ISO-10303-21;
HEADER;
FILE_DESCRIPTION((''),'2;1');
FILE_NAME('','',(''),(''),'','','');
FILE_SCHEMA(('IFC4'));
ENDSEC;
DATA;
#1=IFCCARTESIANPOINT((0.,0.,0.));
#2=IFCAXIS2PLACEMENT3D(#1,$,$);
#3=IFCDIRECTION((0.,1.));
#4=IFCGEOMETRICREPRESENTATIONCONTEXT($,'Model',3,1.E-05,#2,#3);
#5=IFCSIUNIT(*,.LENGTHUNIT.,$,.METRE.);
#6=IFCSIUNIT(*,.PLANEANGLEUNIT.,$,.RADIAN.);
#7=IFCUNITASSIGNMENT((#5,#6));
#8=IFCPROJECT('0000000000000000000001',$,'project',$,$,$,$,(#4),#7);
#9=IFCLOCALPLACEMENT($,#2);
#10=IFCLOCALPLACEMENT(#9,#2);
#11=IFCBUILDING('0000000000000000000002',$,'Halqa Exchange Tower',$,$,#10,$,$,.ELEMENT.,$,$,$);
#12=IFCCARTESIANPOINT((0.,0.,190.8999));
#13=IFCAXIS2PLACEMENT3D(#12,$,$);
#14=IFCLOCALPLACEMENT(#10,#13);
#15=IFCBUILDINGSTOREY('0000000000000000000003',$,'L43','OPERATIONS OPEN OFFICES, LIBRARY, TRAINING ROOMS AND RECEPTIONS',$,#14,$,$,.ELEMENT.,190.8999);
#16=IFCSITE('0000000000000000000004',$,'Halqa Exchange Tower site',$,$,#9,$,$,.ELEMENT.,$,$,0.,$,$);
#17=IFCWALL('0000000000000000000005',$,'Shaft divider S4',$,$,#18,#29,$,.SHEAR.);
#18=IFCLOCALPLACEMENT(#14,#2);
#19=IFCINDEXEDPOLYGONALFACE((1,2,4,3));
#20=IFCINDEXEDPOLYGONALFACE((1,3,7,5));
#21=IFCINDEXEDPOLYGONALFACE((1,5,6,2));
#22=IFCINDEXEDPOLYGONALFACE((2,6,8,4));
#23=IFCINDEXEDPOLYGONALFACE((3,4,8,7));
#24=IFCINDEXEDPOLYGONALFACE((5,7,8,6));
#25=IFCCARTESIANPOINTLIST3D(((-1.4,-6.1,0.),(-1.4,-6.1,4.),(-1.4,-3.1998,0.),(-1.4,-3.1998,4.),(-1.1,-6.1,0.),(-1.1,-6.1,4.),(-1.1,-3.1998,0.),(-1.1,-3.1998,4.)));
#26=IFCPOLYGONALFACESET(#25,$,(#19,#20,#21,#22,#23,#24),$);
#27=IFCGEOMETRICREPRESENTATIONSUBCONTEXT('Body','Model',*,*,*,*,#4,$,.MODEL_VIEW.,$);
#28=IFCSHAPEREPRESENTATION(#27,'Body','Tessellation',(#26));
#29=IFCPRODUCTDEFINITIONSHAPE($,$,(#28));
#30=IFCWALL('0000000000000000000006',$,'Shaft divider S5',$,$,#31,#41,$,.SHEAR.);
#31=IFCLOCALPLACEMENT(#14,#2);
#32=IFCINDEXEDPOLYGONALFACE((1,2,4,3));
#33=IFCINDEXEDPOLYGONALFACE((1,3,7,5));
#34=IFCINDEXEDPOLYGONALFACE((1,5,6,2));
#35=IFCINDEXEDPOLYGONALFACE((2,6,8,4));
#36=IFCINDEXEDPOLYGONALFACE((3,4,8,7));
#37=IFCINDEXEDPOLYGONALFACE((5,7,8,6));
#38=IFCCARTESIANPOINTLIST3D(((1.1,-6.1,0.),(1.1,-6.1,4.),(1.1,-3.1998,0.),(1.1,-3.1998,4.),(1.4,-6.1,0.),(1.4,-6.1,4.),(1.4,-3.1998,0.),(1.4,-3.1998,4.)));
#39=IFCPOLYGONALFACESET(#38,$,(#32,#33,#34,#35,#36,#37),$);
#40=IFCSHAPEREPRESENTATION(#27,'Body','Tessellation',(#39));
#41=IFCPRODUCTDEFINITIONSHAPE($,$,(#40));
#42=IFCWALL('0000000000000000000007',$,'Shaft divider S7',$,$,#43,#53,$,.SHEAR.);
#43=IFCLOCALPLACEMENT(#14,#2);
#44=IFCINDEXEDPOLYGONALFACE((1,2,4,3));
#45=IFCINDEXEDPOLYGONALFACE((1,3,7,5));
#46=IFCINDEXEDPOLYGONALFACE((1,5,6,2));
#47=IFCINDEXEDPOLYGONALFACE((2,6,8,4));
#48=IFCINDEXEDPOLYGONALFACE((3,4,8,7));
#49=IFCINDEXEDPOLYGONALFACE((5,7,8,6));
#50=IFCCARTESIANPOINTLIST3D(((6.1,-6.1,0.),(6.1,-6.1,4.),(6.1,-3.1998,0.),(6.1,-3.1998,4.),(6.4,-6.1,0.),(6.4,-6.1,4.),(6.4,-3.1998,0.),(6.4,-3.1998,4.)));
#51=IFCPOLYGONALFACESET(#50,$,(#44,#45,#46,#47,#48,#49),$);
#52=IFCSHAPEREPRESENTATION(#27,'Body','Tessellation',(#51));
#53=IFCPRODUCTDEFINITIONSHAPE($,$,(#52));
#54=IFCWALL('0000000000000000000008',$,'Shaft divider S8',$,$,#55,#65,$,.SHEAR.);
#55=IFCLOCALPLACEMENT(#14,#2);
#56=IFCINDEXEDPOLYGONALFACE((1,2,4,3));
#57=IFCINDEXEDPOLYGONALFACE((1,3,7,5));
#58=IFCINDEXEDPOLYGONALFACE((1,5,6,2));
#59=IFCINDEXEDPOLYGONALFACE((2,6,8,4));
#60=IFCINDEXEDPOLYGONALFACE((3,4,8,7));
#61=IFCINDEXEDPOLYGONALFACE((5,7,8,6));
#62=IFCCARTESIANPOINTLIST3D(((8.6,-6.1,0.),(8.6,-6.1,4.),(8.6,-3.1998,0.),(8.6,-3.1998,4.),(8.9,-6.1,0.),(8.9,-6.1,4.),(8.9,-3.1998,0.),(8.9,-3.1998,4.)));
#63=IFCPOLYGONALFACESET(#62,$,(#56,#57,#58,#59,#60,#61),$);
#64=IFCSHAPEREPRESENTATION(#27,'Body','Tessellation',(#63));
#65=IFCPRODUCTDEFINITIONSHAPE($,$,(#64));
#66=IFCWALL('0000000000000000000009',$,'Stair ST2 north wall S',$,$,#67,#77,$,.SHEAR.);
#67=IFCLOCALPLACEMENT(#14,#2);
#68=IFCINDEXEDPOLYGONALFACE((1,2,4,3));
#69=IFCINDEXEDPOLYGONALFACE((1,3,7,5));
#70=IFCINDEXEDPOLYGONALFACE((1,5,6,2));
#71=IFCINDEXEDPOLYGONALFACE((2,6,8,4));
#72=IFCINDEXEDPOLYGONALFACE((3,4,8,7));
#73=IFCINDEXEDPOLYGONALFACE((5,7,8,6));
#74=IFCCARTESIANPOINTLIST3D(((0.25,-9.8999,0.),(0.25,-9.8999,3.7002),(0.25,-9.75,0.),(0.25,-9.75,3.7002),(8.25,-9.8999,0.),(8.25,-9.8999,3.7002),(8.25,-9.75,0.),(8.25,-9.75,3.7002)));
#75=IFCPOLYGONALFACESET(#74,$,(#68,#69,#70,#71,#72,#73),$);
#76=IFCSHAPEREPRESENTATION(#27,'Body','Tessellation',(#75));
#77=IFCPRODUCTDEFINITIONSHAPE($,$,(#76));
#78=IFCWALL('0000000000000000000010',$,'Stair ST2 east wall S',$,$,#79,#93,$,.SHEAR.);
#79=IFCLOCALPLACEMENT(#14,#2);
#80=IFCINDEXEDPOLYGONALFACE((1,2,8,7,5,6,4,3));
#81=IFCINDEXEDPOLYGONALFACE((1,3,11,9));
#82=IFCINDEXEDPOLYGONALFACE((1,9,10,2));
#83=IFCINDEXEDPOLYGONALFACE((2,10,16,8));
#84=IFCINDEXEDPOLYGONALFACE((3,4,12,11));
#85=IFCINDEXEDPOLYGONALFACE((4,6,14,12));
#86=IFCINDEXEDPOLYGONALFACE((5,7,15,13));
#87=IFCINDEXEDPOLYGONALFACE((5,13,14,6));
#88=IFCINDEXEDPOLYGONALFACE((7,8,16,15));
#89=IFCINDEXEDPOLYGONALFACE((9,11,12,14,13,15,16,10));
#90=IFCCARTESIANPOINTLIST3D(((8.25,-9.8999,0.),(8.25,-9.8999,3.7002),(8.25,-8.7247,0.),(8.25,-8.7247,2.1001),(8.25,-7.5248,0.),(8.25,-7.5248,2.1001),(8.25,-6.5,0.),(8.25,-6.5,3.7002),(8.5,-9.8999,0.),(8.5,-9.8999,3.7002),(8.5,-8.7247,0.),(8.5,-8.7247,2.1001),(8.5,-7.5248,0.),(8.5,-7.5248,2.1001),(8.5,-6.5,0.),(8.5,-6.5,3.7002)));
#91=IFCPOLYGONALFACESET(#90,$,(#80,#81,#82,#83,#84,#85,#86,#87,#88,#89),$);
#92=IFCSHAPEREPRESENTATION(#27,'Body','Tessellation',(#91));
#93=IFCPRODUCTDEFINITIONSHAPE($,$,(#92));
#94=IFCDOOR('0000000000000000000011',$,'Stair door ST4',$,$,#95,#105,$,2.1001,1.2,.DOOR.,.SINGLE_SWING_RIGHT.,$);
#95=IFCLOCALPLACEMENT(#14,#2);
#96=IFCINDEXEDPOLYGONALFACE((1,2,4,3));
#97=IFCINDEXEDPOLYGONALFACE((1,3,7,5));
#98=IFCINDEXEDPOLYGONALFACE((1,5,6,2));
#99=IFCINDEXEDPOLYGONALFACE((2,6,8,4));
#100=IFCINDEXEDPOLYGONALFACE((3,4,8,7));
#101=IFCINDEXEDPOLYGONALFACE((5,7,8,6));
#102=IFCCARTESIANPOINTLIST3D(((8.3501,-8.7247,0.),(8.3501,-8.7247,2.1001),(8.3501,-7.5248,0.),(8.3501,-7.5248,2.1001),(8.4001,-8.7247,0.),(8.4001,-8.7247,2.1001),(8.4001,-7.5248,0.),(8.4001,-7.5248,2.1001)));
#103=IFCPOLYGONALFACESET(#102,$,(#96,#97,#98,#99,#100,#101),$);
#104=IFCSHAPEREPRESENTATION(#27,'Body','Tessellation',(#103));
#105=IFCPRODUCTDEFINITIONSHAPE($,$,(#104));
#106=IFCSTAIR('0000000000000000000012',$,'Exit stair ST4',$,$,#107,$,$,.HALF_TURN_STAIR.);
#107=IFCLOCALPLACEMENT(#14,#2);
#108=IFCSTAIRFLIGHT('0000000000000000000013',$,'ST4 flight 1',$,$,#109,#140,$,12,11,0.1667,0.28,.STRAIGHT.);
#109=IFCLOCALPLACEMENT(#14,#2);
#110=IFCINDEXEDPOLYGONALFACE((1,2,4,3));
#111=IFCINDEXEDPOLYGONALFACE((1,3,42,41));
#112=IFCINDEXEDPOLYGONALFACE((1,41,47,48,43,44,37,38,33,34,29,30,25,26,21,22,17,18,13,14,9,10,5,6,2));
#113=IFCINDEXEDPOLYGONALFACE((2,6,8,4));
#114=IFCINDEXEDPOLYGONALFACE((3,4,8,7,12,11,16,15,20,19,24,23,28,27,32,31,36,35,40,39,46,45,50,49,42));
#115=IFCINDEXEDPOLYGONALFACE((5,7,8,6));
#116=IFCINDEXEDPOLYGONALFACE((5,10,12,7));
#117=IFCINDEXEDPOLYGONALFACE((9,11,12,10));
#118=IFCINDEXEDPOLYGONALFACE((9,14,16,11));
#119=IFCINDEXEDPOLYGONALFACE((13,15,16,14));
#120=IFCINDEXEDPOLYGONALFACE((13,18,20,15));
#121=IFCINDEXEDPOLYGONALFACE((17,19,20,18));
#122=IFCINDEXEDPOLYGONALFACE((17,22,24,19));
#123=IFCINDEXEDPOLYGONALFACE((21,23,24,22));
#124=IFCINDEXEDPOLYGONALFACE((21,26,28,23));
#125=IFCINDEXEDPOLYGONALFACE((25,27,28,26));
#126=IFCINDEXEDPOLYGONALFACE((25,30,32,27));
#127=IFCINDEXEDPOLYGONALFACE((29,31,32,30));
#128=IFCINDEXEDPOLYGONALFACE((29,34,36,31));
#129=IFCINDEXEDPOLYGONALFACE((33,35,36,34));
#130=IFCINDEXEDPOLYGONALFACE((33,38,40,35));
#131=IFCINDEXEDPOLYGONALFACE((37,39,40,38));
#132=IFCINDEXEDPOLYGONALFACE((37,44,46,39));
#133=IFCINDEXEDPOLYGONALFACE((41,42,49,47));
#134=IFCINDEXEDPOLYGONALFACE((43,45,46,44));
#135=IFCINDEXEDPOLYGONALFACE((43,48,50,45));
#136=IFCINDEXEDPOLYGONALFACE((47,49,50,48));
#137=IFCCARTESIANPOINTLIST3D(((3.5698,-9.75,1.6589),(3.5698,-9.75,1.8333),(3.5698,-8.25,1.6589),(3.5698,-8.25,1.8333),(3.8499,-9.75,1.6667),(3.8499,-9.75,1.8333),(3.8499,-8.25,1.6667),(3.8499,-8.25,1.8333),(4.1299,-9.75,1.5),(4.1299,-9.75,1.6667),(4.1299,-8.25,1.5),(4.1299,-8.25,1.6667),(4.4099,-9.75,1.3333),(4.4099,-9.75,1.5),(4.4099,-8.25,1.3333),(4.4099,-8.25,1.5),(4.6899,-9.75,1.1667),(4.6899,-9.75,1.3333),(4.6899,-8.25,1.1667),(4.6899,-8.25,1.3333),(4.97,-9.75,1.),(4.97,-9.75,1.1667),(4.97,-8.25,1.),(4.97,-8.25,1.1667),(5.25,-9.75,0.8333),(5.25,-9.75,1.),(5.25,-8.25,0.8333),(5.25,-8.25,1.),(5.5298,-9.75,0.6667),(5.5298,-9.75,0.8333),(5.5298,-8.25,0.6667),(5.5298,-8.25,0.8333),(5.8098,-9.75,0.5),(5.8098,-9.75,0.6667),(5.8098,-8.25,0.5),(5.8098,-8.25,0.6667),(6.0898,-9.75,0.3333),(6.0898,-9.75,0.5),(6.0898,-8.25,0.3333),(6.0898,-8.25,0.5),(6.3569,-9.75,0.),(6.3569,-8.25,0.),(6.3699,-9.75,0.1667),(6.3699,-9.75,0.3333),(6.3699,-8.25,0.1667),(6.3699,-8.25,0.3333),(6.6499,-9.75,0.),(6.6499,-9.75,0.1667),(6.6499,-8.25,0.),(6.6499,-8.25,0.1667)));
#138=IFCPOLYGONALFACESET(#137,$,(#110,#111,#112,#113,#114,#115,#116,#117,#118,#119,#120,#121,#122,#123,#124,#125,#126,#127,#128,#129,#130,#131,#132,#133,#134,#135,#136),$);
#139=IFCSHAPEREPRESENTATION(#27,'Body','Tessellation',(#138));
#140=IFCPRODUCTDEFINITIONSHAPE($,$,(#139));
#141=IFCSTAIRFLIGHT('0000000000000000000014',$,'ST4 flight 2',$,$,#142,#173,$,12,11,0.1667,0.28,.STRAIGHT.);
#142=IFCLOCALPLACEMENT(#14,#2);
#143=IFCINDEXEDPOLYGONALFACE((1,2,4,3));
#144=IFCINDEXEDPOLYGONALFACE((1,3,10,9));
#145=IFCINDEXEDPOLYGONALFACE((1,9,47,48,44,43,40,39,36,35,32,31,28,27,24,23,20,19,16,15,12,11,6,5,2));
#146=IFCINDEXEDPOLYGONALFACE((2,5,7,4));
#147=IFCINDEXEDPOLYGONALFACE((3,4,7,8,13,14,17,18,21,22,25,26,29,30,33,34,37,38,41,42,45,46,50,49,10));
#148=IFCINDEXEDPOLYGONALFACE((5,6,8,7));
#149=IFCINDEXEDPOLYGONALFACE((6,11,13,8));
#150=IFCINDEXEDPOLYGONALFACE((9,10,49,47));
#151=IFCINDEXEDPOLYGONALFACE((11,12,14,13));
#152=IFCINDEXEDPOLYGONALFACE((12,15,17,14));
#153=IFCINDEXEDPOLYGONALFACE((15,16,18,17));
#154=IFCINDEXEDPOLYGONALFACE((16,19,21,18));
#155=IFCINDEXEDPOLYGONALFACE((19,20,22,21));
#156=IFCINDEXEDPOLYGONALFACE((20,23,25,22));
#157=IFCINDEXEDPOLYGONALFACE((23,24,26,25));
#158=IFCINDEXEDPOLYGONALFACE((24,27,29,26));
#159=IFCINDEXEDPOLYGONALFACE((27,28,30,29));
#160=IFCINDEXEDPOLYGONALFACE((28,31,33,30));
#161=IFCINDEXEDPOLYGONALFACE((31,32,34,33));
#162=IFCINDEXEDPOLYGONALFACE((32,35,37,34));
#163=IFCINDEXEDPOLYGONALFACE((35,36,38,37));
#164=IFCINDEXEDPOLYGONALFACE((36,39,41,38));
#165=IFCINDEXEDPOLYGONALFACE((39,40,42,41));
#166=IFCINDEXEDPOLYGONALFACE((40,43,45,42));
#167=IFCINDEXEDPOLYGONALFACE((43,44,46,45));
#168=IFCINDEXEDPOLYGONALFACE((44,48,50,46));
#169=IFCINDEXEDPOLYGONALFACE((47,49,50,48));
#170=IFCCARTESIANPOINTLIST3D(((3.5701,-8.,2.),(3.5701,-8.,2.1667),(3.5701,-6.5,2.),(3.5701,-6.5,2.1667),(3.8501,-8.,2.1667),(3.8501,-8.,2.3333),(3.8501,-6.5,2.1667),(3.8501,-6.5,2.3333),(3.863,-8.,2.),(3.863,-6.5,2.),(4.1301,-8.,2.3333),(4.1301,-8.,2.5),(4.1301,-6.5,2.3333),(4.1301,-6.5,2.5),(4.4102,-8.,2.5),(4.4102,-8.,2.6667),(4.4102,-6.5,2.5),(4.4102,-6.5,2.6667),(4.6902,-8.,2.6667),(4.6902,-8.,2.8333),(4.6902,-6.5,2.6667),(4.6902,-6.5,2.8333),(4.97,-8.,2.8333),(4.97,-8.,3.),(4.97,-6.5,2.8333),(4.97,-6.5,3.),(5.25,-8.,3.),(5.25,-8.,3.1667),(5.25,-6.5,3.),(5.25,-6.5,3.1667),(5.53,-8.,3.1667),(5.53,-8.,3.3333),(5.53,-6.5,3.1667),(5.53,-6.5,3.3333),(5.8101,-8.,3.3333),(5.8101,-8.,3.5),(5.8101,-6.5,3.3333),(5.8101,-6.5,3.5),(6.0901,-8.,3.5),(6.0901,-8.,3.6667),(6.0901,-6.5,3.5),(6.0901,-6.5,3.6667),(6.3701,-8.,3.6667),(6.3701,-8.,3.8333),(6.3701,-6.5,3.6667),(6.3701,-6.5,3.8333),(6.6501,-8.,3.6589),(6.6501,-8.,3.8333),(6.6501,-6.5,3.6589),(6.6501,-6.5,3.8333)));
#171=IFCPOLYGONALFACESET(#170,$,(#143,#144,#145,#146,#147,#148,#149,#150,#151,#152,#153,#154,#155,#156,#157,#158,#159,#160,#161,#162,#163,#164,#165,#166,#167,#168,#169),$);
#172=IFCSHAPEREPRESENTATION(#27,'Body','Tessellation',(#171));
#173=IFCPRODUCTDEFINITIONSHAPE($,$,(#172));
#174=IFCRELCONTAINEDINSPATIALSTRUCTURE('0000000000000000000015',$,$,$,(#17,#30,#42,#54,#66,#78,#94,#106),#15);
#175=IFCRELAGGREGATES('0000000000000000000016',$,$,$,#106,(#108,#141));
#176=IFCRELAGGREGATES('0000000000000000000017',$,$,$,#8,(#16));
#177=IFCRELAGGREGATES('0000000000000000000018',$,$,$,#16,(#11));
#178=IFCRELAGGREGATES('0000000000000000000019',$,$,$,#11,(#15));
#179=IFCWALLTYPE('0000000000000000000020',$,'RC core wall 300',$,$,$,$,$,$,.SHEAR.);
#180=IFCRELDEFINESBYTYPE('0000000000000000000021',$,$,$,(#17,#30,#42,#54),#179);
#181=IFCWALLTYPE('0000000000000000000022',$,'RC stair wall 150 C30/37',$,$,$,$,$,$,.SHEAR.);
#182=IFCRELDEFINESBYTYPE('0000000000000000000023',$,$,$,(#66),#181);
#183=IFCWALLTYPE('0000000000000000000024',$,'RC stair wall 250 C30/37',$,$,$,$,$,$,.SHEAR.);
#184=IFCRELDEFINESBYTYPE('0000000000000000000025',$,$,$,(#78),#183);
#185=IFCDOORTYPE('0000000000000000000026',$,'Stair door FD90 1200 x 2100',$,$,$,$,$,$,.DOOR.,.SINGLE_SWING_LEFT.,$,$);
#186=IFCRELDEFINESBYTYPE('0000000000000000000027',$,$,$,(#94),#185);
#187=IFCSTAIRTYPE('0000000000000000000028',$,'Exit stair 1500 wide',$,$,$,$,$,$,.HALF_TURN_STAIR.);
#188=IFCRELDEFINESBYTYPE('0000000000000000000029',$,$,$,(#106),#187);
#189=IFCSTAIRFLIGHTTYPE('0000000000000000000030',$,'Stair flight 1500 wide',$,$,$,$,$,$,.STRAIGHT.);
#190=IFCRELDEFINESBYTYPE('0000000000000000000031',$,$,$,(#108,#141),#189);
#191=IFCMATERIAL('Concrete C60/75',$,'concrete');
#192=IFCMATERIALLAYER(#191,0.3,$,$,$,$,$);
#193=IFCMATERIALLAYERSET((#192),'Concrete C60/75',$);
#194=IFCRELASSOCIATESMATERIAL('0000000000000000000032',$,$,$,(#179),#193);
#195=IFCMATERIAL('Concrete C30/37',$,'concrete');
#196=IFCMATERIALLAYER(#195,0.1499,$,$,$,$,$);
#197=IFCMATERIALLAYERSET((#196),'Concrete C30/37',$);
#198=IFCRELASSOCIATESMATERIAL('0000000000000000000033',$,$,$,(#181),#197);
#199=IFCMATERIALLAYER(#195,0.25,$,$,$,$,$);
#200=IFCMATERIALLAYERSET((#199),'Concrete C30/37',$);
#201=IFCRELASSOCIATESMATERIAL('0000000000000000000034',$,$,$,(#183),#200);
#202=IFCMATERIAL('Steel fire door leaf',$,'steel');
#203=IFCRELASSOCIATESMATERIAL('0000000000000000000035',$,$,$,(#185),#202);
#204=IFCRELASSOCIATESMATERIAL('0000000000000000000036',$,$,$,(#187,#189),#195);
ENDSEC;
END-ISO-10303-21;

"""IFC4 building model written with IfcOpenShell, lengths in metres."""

from ifc_helpers import new_model, si_unit, direction, frame, frame_2d, origin, place, context, subcontext, project, spatial, polyline, rectangle, outline, extrude, material, layer, layer_set, type_object, element, fill, aggregate, save


model = new_model("IFC4")

# Units and contexts
model_context = context("Model", 3, precision=1e-05, world=origin(), true_north=direction((0.0, 1.0)))
body_context = subcontext(model_context, "Body", "Model", "MODEL_VIEW")
ifc_project = project(units=[si_unit("LENGTHUNIT", "METRE"), si_unit("PLANEANGLEUNIT", "RADIAN")], contexts=[model_context])

# Site, building, storey
site_placement = place(None, origin())
site = spatial("IfcSite", under=ifc_project, at=site_placement, Name="Halqa Exchange Tower site", CompositionType="ELEMENT", RefElevation=0.0)
building_placement = place(site_placement, origin())
building = spatial("IfcBuilding", under=site, at=building_placement, Name="Halqa Exchange Tower", CompositionType="ELEMENT")
storey_placement = place(building_placement, frame((0.0, 0.0, 190.8999)))
storey = spatial("IfcBuildingStorey", under=building, at=storey_placement, Name="L43", Description="OPERATIONS OPEN OFFICES, LIBRARY, TRAINING ROOMS AND RECEPTIONS", CompositionType="ELEMENT", Elevation=190.8999)

# Shared definitions
ifc_material_1 = material(Name="Concrete C60/75", Category="concrete")

# Walls
ifc_layer_1 = layer(ifc_material_1, 0.3)
ifc_layer_set_1 = layer_set([ifc_layer_1], Name="Concrete C60/75")
wall_type_1 = type_object("IfcWallType", Name="RC core wall 300", PredefinedType="SHEAR", material=ifc_layer_set_1)
for number, where, z_axis, x_axis, name in (
    (1, (-1.25, -6.1001, 0.0), (0.0, 0.0, 1.0), (0.0, 1.0, 0.0), "Shaft divider S4"),
    (2, (1.25, -6.1001, 0.0), (0.0, 0.0, 1.0), (0.0, 1.0, 0.0), "Shaft divider S5"),
    (3, (6.25, -6.1001, 0.0), (0.0, 0.0, 1.0), (0.0, 1.0, 0.0), "Shaft divider S7"),
    (4, (8.75, -6.1001, 0.0), (0.0, 0.0, 1.0), (0.0, 1.0, 0.0), "Shaft divider S8"),
):
    element("IfcWall", number, at=place(storey_placement, frame(where, z_axis=z_axis, x_axis=x_axis)), inside=storey, type_object=wall_type_1, Name=name, PredefinedType="SHEAR", context=body_context, shape_type="SweptSolid", body=[
        extrude(rectangle(XDim=2.9001, YDim=0.3, at=frame_2d((1.4502, 0.0))), origin(), (0.0, 0.0, 1.0), 4.0),
    ])
ifc_material_2 = material(Name="Concrete C30/37", Category="concrete")
ifc_layer_2 = layer(ifc_material_2, 0.1499)
ifc_layer_set_2 = layer_set([ifc_layer_2], Name="Concrete C30/37")
wall_type_2 = type_object("IfcWallType", Name="RC stair wall 150 C30/37", PredefinedType="SHEAR", material=ifc_layer_set_2)
wall_1_placement = place(storey_placement, frame((0.25, -9.825, 0.0), z_axis=(0.0, 0.0, 1.0), x_axis=(1.0, 0.0, 0.0)))
element("IfcWall", 5, at=wall_1_placement, inside=storey, type_object=wall_type_2, Name="Stair ST2 north wall S", PredefinedType="SHEAR", context=body_context, shape_type="SweptSolid", body=[
    extrude(rectangle(XDim=8.0, YDim=0.1499, at=frame_2d((4.0, 0.0))), origin(), (0.0, 0.0, 1.0), 3.7002),
])

# Wall, opening, door
ifc_layer_3 = layer(ifc_material_2, 0.25)
ifc_layer_set_3 = layer_set([ifc_layer_3], Name="Concrete C30/37")
wall_type_3 = type_object("IfcWallType", Name="RC stair wall 250 C30/37", PredefinedType="SHEAR", material=ifc_layer_set_3)
wall_2_placement = place(storey_placement, frame((8.375, -9.8999, 0.0), z_axis=(0.0, 0.0, 1.0), x_axis=(0.0, 1.0, 0.0)))
wall_2 = element("IfcWall", 6, at=wall_2_placement, inside=storey, type_object=wall_type_3, Name="Stair ST2 east wall S", PredefinedType="SHEAR", context=body_context, shape_type="SweptSolid", body=[
    extrude(rectangle(XDim=3.3999, YDim=0.25, at=frame_2d((1.7, 0.0))), origin(), (0.0, 0.0, 1.0), 3.7002),
])
opening_placement = place(wall_2_placement, frame((1.175, 0.0, 0.0)))
opening = element("IfcOpeningElement", 7, at=opening_placement, cuts=wall_2, PredefinedType="OPENING", context=body_context, shape_type="SweptSolid", body=[
    extrude(rectangle(XDim=1.2, YDim=2.1001, at=frame_2d((0.6001, 1.05))), frame((0.0, 0.137, 0.0), z_axis=(0.0, -1.0, 0.0), x_axis=(1.0, 0.0, 0.0)), (0.0, 0.0, 1.0), 0.2739),
])
ifc_material_3 = material(Name="Steel fire door leaf", Category="steel")
door_type = type_object("IfcDoorType", Name="Stair door FD90 1200 x 2100", OperationType="SINGLE_SWING_LEFT", PredefinedType="DOOR", material=ifc_material_3)
door_placement = place(opening_placement, origin())
door = element("IfcDoor", 8, at=door_placement, inside=storey, type_object=door_type, Name="Stair door ST4", OperationType="SINGLE_SWING_RIGHT", OverallHeight=2.1001, OverallWidth=1.2, PredefinedType="DOOR", context=body_context, shape_type="SweptSolid", body=[
    extrude(rectangle(XDim=1.2, YDim=2.1001, at=frame_2d((0.6001, 1.05))), frame((0.0, 0.0249, 0.0), z_axis=(0.0, -1.0, 0.0), x_axis=(1.0, 0.0, 0.0)), (0.0, 0.0, 1.0), 0.05),
])
fill(opening, door)

# Stair, stair flights
stair_type = type_object("IfcStairType", Name="Exit stair 1500 wide", PredefinedType="HALF_TURN_STAIR", material=ifc_material_2)
stair_placement = place(storey_placement, origin())
stair = element("IfcStair", 9, at=stair_placement, inside=storey, type_object=stair_type, Name="Exit stair ST4", PredefinedType="HALF_TURN_STAIR")
stair_flight_type = type_object("IfcStairFlightType", Name="Stair flight 1500 wide", PredefinedType="STRAIGHT", material=ifc_material_2)
stair_flight_1_placement = place(storey_placement, frame((6.6499, -9.0, 0.0), z_axis=(0.0, 0.0, 1.0), x_axis=(-1.0, 0.0, 0.0)))
stair_flight_1 = element("IfcStairFlight", 10, at=stair_flight_1_placement, type_object=stair_flight_type, Name="ST4 flight 1", NumberOfRisers=12, NumberOfTreads=11, PredefinedType="STRAIGHT", RiserHeight=0.1667, TreadLength=0.28, context=body_context, shape_type="SweptSolid", body=[
    extrude(outline(polyline([(0.0, 0.0), (0.0, 0.1667), (0.28, 0.1667), (0.28, 0.3333), (0.5601, 0.3333), (0.5601, 0.5), (0.8401, 0.5), (0.8401, 0.6667), (1.1201, 0.6667), (1.1201, 0.8333), (1.3999, 0.8333), (1.3999, 1.0), (1.6799, 1.0), (1.6799, 1.1667), (1.96, 1.1667), (1.96, 1.3333), (2.24, 1.3333), (2.24, 1.5), (2.52, 1.5), (2.52, 1.6667), (2.8, 1.6667), (2.8, 1.8333), (3.0801, 1.8333), (3.0801, 2.0), (3.0801, 1.6589), (0.293, 0.0), (0.0, 0.0)])), frame((0.0, 0.75, 0.0), z_axis=(0.0, -1.0, 0.0), x_axis=(1.0, 0.0, 0.0)), (0.0, 0.0, 1.0), 1.5),
])
stair_flight_2_placement = place(storey_placement, frame((3.5701, -7.25, 2.0), z_axis=(0.0, 0.0, 1.0), x_axis=(1.0, 0.0, 0.0)))
stair_flight_2 = element("IfcStairFlight", 11, at=stair_flight_2_placement, type_object=stair_flight_type, Name="ST4 flight 2", NumberOfRisers=12, NumberOfTreads=11, PredefinedType="STRAIGHT", RiserHeight=0.1667, TreadLength=0.28, context=body_context, shape_type="SweptSolid", body=[
    extrude(outline(polyline([(0.0, 0.0), (0.0, 0.1667), (0.28, 0.1667), (0.28, 0.3333), (0.5601, 0.3333), (0.5601, 0.5), (0.8401, 0.5), (0.8401, 0.6667), (1.1201, 0.6667), (1.1201, 0.8333), (1.3999, 0.8333), (1.3999, 1.0), (1.6799, 1.0), (1.6799, 1.1667), (1.96, 1.1667), (1.96, 1.3333), (2.24, 1.3333), (2.24, 1.5), (2.52, 1.5), (2.52, 1.6667), (2.8, 1.6667), (2.8, 1.8333), (3.0801, 1.8333), (3.0801, 2.0), (3.0801, 1.6589), (0.293, 0.0), (0.0, 0.0)])), frame((0.0, 0.75, 0.0), z_axis=(0.0, -1.0, 0.0), x_axis=(1.0, 0.0, 0.0)), (0.0, 0.0, 1.0), 1.5),
])
aggregate(stair, [stair_flight_1, stair_flight_2])

save(model, "model.ifc")
